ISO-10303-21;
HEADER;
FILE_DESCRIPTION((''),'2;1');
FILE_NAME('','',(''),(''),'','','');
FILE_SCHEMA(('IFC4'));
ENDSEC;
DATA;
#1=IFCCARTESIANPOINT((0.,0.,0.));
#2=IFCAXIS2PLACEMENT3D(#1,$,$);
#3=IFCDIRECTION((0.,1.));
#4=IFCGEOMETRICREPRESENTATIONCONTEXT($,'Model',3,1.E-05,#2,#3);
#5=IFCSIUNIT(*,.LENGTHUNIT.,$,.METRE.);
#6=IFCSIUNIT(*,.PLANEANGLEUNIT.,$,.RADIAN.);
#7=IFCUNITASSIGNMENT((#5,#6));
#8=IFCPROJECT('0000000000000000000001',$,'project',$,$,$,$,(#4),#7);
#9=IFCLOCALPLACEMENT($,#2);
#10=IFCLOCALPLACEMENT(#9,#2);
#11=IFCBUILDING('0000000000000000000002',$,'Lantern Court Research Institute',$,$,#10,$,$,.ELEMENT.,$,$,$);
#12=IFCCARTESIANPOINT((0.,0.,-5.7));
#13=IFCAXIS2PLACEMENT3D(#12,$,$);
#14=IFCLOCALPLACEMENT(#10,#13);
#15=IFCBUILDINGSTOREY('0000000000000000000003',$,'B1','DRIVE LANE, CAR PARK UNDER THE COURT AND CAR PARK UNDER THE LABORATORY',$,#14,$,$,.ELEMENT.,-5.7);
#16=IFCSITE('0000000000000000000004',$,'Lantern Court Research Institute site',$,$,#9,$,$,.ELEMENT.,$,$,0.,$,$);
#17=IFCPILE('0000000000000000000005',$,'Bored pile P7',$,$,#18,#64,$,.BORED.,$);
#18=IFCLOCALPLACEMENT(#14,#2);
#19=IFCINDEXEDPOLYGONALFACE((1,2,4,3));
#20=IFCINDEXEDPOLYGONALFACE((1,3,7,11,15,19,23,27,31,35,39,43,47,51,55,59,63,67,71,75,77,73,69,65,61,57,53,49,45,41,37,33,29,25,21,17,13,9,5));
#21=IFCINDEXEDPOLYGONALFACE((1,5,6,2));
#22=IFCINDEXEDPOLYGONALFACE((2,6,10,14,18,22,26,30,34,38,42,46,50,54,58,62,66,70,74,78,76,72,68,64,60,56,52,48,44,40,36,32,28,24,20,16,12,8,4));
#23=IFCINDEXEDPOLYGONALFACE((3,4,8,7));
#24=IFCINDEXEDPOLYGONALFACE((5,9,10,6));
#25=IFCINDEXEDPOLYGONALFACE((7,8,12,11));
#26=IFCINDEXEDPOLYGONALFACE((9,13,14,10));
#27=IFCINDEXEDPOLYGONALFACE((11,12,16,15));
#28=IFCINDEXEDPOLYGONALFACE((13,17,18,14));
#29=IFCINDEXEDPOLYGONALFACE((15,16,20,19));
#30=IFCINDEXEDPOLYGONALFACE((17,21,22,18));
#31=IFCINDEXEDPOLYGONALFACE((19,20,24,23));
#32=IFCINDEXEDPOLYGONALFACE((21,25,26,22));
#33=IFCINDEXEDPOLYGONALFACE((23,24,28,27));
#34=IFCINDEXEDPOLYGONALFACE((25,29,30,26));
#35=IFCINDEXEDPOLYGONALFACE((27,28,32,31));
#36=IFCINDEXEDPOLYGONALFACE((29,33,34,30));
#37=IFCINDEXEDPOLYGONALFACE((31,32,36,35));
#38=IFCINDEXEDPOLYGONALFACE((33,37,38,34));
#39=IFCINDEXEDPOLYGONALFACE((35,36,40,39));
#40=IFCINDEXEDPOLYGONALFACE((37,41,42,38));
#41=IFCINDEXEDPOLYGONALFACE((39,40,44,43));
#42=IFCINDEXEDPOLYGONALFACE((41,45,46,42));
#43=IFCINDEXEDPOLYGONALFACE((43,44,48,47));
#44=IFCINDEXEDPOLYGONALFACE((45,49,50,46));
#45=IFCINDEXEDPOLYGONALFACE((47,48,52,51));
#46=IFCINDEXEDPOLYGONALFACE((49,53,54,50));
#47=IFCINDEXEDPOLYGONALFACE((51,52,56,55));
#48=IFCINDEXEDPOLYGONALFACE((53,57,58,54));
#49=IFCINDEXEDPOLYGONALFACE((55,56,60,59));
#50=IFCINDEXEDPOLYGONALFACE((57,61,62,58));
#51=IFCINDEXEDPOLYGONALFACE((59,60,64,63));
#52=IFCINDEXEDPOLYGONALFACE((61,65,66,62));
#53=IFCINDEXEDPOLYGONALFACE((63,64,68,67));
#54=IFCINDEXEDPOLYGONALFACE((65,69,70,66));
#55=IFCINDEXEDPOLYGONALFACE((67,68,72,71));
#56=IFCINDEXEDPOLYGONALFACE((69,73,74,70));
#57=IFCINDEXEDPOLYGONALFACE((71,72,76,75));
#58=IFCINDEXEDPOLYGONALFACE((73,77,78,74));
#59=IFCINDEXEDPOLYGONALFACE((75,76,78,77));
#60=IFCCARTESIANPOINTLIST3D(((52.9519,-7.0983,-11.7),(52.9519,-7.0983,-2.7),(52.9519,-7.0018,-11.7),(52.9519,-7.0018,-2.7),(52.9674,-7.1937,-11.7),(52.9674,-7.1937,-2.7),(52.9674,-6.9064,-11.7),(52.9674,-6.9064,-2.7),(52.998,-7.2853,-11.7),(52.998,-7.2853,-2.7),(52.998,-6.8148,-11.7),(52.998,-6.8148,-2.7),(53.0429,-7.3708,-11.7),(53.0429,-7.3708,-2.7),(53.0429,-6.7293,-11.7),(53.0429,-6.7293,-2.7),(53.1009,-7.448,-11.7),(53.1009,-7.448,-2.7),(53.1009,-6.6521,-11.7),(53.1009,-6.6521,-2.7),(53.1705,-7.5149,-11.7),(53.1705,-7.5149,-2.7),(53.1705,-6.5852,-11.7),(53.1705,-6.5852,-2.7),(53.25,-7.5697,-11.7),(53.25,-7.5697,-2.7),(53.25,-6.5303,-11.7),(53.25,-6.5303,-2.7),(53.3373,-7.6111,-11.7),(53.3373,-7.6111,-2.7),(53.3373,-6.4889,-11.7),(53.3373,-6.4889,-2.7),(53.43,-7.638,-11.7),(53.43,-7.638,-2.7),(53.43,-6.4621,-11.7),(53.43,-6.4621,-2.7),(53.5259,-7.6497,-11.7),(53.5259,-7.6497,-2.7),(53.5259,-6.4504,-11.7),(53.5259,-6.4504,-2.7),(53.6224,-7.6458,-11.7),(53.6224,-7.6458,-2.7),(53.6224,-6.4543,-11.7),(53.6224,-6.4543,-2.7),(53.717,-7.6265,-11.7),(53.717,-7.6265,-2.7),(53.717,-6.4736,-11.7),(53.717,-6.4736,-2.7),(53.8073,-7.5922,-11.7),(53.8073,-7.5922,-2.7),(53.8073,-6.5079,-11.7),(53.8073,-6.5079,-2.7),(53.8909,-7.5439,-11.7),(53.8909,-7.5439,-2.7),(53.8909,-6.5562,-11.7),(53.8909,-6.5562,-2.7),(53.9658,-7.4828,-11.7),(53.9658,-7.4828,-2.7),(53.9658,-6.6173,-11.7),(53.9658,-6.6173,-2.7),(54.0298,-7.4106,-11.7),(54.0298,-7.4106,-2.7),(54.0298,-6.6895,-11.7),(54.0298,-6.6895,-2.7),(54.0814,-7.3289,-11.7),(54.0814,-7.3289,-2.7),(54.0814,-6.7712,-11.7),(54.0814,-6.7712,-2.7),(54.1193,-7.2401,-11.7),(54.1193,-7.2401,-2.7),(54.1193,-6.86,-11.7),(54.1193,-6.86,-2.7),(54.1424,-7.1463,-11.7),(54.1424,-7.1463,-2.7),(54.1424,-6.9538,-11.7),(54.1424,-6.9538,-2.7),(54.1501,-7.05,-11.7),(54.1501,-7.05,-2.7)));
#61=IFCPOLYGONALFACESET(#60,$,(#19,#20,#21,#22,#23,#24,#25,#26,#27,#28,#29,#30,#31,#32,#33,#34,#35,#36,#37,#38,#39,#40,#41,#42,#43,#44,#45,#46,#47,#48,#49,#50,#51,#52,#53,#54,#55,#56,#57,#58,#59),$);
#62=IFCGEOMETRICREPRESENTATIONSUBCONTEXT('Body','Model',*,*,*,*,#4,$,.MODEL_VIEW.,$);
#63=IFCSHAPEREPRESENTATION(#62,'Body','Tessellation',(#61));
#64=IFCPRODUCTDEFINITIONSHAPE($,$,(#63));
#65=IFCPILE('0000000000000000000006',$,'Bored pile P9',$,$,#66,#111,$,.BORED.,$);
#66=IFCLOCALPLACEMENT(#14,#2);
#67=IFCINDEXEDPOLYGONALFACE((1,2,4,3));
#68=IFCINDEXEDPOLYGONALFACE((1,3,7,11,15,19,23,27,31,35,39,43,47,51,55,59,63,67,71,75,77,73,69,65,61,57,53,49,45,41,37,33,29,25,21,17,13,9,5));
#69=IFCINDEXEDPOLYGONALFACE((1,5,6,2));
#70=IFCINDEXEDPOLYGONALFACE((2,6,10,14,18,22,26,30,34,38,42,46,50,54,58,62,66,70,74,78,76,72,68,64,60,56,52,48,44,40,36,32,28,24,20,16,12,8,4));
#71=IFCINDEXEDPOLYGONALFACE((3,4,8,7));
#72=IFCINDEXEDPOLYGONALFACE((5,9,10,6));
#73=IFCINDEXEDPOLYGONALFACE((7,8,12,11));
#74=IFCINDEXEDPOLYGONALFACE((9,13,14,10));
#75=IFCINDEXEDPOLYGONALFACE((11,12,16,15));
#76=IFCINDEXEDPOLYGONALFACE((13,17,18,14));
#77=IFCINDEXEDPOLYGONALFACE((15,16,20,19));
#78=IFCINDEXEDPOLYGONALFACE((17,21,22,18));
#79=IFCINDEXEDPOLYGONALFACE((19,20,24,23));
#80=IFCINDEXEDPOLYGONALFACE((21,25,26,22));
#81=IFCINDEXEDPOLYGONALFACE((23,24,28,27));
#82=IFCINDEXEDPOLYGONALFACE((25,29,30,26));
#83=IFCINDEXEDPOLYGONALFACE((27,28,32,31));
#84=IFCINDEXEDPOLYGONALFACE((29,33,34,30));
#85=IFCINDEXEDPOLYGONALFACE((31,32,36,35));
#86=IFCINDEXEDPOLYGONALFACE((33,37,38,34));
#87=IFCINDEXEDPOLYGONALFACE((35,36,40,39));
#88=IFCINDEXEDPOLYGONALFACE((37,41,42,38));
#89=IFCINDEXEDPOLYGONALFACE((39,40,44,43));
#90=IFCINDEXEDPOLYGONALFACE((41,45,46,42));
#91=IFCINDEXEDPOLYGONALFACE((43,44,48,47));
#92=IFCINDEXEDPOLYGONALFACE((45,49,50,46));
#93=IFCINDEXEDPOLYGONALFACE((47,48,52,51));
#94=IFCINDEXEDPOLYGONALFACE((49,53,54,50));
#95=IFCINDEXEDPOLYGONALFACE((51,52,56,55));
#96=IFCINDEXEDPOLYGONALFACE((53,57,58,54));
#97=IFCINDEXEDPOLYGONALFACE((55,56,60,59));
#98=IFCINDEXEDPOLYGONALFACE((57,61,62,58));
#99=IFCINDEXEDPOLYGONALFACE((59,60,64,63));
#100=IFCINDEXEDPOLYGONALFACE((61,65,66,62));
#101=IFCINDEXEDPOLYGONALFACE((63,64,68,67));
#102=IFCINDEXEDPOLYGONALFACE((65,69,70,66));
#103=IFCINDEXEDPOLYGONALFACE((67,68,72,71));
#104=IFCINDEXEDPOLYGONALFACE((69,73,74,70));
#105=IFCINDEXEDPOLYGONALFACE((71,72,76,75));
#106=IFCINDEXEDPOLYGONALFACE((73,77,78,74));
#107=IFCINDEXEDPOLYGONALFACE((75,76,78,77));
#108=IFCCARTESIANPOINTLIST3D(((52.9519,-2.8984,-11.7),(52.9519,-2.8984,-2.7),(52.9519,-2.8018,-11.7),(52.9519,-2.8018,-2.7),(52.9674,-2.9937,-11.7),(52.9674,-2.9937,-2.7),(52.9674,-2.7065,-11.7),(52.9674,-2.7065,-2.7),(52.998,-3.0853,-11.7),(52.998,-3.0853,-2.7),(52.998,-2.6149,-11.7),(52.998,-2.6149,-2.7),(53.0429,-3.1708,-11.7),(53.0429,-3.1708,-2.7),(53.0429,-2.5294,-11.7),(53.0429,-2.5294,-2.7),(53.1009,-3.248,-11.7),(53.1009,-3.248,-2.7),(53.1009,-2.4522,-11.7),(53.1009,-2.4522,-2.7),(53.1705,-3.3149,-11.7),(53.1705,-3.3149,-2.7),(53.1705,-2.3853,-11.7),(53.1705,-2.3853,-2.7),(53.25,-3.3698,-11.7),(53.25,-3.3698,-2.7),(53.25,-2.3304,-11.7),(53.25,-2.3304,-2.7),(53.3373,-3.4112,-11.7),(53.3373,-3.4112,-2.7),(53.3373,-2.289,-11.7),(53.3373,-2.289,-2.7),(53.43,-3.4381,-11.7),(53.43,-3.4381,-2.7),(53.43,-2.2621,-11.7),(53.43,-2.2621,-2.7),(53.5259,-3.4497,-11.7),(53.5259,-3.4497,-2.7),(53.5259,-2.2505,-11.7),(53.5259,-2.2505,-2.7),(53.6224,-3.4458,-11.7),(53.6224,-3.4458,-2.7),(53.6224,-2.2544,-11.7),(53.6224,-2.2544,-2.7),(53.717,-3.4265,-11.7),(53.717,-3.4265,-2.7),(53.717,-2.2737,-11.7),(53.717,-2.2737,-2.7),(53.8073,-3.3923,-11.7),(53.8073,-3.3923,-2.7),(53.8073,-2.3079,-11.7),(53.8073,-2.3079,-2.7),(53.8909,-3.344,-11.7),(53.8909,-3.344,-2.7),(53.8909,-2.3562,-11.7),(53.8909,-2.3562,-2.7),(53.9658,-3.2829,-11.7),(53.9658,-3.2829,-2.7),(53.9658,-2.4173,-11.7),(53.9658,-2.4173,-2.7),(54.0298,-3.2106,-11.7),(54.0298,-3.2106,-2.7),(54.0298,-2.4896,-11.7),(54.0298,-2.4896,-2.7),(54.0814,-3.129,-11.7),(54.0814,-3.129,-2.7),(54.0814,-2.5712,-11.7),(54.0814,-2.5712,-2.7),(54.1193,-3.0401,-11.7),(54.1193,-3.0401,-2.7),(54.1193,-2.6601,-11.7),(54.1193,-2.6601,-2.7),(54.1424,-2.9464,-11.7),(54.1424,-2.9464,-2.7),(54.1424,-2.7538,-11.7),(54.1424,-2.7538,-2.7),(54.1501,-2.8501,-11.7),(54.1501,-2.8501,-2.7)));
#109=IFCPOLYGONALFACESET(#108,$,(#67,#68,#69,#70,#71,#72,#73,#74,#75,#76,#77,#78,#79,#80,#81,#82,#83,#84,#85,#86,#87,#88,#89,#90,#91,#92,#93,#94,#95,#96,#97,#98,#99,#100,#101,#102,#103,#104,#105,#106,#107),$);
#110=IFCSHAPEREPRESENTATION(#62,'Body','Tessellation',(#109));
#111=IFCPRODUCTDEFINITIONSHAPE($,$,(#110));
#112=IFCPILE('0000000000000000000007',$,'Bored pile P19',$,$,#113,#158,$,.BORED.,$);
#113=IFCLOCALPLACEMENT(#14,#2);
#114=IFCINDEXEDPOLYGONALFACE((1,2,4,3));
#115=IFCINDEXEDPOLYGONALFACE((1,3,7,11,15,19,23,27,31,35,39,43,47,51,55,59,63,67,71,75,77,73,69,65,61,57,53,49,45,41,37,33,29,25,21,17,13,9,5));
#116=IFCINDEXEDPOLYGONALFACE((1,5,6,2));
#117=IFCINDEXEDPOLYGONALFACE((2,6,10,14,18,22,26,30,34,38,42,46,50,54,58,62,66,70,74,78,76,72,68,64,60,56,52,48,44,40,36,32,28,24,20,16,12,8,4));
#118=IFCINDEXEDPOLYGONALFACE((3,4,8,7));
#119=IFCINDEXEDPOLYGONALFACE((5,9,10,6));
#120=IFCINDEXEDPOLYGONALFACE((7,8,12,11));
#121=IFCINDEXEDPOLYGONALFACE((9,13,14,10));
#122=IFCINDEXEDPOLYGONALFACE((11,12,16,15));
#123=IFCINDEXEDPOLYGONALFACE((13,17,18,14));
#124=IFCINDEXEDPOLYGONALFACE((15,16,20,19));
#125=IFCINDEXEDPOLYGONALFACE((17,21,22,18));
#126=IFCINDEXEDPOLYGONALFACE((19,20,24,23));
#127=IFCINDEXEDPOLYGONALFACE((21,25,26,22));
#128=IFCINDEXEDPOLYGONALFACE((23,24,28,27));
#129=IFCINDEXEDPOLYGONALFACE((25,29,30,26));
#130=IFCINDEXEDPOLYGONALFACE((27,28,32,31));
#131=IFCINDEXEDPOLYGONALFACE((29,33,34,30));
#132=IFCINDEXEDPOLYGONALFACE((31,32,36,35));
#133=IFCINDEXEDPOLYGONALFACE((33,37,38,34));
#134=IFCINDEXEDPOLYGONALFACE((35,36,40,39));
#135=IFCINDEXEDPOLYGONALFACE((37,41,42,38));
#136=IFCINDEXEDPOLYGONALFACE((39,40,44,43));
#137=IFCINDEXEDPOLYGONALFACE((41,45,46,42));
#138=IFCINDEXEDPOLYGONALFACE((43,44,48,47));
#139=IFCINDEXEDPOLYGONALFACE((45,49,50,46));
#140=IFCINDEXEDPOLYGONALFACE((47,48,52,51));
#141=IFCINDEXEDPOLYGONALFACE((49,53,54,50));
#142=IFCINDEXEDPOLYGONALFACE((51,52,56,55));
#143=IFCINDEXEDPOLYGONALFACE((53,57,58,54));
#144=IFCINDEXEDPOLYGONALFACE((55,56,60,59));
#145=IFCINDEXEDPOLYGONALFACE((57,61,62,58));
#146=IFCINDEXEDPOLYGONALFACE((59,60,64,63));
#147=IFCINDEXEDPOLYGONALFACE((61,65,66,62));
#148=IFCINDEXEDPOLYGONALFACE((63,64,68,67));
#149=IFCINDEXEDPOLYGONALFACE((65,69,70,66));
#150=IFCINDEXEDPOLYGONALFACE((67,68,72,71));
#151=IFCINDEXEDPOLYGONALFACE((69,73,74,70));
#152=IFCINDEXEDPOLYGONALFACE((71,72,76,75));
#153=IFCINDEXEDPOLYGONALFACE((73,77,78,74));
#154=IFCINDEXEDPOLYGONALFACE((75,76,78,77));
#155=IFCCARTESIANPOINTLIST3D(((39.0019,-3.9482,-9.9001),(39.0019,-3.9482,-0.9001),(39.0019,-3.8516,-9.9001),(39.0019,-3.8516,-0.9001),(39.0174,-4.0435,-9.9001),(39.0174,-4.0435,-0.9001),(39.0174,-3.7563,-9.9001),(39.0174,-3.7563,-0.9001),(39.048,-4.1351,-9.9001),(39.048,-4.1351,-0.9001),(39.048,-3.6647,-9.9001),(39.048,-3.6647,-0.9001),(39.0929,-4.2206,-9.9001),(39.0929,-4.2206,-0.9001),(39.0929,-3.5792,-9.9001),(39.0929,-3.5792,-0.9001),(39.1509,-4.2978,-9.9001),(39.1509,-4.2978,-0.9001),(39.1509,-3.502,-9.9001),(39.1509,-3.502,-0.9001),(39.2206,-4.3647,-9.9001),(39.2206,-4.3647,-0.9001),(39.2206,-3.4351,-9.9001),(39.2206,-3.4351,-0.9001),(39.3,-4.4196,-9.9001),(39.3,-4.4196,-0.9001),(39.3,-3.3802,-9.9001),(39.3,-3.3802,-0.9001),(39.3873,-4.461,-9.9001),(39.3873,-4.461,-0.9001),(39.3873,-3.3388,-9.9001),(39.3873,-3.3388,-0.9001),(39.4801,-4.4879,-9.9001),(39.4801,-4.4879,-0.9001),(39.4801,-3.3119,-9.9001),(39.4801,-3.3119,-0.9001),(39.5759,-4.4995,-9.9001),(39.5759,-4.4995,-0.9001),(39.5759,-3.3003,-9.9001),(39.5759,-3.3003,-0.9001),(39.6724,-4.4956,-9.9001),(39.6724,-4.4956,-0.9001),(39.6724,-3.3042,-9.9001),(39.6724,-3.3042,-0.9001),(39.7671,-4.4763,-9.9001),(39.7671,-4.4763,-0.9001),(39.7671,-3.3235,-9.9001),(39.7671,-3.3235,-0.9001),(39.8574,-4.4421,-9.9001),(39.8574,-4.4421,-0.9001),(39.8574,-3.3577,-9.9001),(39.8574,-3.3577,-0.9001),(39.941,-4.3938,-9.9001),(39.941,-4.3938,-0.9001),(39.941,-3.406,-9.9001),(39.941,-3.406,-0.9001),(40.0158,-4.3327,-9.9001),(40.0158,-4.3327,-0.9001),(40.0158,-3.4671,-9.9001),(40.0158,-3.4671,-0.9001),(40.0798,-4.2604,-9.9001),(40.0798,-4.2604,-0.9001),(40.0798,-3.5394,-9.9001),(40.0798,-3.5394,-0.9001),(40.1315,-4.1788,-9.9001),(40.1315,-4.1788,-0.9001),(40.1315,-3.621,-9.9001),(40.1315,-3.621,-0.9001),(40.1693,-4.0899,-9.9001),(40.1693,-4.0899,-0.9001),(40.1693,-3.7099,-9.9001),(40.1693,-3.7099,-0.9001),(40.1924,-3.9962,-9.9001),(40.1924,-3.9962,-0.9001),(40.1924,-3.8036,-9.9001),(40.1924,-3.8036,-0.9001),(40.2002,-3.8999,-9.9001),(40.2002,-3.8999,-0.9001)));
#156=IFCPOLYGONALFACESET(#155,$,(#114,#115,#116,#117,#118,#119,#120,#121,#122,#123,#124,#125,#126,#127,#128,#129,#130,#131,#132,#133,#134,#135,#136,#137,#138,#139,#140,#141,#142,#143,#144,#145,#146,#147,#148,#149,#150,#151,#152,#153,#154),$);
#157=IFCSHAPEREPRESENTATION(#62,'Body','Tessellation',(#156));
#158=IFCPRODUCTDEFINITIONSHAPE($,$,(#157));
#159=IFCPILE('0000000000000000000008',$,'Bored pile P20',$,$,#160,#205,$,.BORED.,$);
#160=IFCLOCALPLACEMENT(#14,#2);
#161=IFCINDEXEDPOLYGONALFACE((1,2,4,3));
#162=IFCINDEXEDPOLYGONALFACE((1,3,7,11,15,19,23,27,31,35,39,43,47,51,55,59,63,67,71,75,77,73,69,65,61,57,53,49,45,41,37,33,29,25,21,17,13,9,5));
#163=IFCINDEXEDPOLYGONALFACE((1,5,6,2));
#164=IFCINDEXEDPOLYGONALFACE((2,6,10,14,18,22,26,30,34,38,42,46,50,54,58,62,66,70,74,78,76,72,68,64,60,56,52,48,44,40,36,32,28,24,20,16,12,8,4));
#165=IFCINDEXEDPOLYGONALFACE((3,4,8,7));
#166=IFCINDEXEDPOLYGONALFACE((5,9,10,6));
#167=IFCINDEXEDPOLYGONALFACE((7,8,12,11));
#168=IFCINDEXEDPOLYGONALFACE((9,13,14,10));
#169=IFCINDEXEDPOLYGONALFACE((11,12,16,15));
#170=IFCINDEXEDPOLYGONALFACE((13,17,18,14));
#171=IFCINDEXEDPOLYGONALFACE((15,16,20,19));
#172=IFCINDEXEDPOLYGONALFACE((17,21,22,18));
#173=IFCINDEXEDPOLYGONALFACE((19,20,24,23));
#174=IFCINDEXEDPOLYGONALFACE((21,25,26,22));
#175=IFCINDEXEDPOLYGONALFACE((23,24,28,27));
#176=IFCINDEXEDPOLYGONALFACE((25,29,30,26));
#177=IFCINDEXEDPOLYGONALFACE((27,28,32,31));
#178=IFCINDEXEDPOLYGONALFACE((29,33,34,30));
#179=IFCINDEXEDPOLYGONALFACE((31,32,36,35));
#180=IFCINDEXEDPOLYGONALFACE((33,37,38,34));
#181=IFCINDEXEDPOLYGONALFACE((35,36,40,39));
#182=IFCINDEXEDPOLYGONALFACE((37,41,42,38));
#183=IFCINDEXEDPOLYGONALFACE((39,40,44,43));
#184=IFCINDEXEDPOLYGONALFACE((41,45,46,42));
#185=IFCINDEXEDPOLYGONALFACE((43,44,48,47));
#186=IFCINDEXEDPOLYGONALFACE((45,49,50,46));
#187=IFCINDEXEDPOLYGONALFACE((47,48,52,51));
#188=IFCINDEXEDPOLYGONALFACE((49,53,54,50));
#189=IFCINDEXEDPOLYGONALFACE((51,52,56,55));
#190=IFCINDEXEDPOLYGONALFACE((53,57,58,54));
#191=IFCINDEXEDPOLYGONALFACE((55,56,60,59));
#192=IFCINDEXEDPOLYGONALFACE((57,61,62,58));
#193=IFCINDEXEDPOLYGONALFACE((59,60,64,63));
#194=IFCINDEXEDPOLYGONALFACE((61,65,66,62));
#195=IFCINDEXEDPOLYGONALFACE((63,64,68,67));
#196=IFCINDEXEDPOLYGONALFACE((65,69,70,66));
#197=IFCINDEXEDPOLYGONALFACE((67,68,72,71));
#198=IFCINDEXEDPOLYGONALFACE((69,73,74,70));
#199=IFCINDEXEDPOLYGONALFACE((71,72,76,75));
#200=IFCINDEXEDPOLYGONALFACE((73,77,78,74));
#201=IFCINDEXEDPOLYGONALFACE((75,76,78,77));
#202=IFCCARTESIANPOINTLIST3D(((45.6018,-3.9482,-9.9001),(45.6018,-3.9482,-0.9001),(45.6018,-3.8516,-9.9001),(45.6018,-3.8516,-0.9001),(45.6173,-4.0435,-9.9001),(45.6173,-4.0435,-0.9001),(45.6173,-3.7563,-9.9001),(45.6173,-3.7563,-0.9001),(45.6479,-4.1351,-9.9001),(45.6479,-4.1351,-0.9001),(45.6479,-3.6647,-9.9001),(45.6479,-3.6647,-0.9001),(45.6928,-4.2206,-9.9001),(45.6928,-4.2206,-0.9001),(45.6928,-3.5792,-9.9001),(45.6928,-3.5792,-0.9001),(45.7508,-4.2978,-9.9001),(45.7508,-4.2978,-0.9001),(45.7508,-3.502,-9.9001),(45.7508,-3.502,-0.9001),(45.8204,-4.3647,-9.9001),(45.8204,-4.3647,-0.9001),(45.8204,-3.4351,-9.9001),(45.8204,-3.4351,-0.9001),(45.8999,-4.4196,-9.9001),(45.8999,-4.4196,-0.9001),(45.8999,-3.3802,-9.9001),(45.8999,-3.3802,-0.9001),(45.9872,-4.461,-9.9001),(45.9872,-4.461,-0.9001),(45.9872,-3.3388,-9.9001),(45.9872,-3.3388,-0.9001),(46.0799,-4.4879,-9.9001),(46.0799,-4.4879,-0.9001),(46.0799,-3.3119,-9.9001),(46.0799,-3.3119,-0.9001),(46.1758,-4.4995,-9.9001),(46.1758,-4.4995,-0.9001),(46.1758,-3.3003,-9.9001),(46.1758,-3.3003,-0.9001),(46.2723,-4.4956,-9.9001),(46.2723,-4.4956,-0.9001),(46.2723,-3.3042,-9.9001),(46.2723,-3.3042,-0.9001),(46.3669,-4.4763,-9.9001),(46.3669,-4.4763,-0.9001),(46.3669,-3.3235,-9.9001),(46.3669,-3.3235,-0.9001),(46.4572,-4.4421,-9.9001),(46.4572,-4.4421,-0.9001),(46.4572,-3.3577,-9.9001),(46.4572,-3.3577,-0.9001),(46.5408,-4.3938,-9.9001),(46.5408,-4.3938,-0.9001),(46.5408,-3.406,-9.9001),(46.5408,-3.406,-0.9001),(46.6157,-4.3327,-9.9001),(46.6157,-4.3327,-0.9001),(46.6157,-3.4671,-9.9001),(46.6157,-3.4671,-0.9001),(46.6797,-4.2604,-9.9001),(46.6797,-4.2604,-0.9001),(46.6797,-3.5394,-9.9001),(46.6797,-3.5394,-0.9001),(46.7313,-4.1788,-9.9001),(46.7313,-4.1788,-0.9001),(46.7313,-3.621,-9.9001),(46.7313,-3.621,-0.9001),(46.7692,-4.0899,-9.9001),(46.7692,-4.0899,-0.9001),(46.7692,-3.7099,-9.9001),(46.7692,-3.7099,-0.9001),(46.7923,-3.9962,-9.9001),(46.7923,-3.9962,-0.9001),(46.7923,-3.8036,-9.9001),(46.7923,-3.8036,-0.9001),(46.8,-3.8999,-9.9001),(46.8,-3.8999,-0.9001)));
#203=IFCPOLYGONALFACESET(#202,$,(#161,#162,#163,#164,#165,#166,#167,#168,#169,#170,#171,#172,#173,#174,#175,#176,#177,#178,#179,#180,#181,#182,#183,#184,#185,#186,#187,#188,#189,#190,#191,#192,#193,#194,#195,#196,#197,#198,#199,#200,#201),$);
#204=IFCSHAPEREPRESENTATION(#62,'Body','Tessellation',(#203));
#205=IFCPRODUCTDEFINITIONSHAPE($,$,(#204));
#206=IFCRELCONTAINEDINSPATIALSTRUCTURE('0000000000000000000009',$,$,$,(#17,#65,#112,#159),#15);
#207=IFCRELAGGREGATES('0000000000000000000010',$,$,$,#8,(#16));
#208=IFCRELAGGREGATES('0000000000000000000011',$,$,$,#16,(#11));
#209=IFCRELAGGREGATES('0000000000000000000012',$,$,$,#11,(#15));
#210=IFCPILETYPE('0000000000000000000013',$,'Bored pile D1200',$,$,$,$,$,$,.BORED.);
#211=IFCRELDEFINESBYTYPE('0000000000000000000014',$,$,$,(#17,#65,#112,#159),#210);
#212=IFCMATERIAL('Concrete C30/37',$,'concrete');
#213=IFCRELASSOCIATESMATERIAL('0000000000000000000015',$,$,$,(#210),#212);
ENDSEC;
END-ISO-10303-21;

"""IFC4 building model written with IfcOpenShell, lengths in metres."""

from ifc_helpers import new_model, si_unit, direction, frame, origin, origin_2d, place, context, subcontext, project, spatial, circle, extrude, material, material_profile, profile_set, type_object, element, save


model = new_model("IFC4")

# Units and contexts
model_context = context("Model", 3, precision=1e-05, world=origin(), true_north=direction((0.0, 1.0)))
body_context = subcontext(model_context, "Body", "Model", "MODEL_VIEW")
ifc_project = project(units=[si_unit("LENGTHUNIT", "METRE"), si_unit("PLANEANGLEUNIT", "RADIAN")], contexts=[model_context])

# Site, building, storey
site_placement = place(None, origin())
site = spatial("IfcSite", under=ifc_project, at=site_placement, Name="Lantern Court Research Institute site", CompositionType="ELEMENT", RefElevation=0.0)
building_placement = place(site_placement, origin())
building = spatial("IfcBuilding", under=site, at=building_placement, Name="Lantern Court Research Institute", CompositionType="ELEMENT")
storey_placement = place(building_placement, frame((0.0, 0.0, -5.7)))
storey = spatial("IfcBuildingStorey", under=building, at=storey_placement, Name="B1", Description="DRIVE LANE, CAR PARK UNDER THE COURT AND CAR PARK UNDER THE LABORATORY", CompositionType="ELEMENT", Elevation=-5.7)

# Piles
ifc_material_1 = material(Name="Concrete C30/37", Category="concrete")
ifc_material_profile_1 = material_profile(ifc_material_1, circle(Radius=0.6001, at=origin_2d()), Name="Bored pile D1200")
ifc_profile_set_1 = profile_set([ifc_material_profile_1], Name="Concrete C30/37")
pile_type_1 = type_object("IfcPileType", Name="Bored pile D1200", PredefinedType="BORED", material=ifc_profile_set_1)
for number, where, z_axis, x_axis, name in (
    (1, (53.55, -7.05, -2.7), (0.0, 0.0, -1.0), (1.0, 0.0, 0.0), "Bored pile P7"),
    (2, (53.55, -2.8501, -2.7), (0.0, 0.0, -1.0), (1.0, 0.0, 0.0), "Bored pile P9"),
    (3, (39.6001, -3.8999, -0.9001), (0.0, 0.0, -1.0), (1.0, 0.0, 0.0), "Bored pile P19"),
    (4, (46.2, -3.8999, -0.9001), (0.0, 0.0, -1.0), (1.0, 0.0, 0.0), "Bored pile P20"),
):
    element("IfcPile", number, at=place(storey_placement, frame(where, z_axis=z_axis, x_axis=x_axis)), inside=storey, type_object=pile_type_1, Name=name, PredefinedType="BORED", context=body_context, shape_type="SweptSolid", body=[
        extrude(circle(Radius=0.6001, at=origin_2d()), origin(), (0.0, 0.0, 1.0), 9.0),
    ])

save(model, "model.ifc")
